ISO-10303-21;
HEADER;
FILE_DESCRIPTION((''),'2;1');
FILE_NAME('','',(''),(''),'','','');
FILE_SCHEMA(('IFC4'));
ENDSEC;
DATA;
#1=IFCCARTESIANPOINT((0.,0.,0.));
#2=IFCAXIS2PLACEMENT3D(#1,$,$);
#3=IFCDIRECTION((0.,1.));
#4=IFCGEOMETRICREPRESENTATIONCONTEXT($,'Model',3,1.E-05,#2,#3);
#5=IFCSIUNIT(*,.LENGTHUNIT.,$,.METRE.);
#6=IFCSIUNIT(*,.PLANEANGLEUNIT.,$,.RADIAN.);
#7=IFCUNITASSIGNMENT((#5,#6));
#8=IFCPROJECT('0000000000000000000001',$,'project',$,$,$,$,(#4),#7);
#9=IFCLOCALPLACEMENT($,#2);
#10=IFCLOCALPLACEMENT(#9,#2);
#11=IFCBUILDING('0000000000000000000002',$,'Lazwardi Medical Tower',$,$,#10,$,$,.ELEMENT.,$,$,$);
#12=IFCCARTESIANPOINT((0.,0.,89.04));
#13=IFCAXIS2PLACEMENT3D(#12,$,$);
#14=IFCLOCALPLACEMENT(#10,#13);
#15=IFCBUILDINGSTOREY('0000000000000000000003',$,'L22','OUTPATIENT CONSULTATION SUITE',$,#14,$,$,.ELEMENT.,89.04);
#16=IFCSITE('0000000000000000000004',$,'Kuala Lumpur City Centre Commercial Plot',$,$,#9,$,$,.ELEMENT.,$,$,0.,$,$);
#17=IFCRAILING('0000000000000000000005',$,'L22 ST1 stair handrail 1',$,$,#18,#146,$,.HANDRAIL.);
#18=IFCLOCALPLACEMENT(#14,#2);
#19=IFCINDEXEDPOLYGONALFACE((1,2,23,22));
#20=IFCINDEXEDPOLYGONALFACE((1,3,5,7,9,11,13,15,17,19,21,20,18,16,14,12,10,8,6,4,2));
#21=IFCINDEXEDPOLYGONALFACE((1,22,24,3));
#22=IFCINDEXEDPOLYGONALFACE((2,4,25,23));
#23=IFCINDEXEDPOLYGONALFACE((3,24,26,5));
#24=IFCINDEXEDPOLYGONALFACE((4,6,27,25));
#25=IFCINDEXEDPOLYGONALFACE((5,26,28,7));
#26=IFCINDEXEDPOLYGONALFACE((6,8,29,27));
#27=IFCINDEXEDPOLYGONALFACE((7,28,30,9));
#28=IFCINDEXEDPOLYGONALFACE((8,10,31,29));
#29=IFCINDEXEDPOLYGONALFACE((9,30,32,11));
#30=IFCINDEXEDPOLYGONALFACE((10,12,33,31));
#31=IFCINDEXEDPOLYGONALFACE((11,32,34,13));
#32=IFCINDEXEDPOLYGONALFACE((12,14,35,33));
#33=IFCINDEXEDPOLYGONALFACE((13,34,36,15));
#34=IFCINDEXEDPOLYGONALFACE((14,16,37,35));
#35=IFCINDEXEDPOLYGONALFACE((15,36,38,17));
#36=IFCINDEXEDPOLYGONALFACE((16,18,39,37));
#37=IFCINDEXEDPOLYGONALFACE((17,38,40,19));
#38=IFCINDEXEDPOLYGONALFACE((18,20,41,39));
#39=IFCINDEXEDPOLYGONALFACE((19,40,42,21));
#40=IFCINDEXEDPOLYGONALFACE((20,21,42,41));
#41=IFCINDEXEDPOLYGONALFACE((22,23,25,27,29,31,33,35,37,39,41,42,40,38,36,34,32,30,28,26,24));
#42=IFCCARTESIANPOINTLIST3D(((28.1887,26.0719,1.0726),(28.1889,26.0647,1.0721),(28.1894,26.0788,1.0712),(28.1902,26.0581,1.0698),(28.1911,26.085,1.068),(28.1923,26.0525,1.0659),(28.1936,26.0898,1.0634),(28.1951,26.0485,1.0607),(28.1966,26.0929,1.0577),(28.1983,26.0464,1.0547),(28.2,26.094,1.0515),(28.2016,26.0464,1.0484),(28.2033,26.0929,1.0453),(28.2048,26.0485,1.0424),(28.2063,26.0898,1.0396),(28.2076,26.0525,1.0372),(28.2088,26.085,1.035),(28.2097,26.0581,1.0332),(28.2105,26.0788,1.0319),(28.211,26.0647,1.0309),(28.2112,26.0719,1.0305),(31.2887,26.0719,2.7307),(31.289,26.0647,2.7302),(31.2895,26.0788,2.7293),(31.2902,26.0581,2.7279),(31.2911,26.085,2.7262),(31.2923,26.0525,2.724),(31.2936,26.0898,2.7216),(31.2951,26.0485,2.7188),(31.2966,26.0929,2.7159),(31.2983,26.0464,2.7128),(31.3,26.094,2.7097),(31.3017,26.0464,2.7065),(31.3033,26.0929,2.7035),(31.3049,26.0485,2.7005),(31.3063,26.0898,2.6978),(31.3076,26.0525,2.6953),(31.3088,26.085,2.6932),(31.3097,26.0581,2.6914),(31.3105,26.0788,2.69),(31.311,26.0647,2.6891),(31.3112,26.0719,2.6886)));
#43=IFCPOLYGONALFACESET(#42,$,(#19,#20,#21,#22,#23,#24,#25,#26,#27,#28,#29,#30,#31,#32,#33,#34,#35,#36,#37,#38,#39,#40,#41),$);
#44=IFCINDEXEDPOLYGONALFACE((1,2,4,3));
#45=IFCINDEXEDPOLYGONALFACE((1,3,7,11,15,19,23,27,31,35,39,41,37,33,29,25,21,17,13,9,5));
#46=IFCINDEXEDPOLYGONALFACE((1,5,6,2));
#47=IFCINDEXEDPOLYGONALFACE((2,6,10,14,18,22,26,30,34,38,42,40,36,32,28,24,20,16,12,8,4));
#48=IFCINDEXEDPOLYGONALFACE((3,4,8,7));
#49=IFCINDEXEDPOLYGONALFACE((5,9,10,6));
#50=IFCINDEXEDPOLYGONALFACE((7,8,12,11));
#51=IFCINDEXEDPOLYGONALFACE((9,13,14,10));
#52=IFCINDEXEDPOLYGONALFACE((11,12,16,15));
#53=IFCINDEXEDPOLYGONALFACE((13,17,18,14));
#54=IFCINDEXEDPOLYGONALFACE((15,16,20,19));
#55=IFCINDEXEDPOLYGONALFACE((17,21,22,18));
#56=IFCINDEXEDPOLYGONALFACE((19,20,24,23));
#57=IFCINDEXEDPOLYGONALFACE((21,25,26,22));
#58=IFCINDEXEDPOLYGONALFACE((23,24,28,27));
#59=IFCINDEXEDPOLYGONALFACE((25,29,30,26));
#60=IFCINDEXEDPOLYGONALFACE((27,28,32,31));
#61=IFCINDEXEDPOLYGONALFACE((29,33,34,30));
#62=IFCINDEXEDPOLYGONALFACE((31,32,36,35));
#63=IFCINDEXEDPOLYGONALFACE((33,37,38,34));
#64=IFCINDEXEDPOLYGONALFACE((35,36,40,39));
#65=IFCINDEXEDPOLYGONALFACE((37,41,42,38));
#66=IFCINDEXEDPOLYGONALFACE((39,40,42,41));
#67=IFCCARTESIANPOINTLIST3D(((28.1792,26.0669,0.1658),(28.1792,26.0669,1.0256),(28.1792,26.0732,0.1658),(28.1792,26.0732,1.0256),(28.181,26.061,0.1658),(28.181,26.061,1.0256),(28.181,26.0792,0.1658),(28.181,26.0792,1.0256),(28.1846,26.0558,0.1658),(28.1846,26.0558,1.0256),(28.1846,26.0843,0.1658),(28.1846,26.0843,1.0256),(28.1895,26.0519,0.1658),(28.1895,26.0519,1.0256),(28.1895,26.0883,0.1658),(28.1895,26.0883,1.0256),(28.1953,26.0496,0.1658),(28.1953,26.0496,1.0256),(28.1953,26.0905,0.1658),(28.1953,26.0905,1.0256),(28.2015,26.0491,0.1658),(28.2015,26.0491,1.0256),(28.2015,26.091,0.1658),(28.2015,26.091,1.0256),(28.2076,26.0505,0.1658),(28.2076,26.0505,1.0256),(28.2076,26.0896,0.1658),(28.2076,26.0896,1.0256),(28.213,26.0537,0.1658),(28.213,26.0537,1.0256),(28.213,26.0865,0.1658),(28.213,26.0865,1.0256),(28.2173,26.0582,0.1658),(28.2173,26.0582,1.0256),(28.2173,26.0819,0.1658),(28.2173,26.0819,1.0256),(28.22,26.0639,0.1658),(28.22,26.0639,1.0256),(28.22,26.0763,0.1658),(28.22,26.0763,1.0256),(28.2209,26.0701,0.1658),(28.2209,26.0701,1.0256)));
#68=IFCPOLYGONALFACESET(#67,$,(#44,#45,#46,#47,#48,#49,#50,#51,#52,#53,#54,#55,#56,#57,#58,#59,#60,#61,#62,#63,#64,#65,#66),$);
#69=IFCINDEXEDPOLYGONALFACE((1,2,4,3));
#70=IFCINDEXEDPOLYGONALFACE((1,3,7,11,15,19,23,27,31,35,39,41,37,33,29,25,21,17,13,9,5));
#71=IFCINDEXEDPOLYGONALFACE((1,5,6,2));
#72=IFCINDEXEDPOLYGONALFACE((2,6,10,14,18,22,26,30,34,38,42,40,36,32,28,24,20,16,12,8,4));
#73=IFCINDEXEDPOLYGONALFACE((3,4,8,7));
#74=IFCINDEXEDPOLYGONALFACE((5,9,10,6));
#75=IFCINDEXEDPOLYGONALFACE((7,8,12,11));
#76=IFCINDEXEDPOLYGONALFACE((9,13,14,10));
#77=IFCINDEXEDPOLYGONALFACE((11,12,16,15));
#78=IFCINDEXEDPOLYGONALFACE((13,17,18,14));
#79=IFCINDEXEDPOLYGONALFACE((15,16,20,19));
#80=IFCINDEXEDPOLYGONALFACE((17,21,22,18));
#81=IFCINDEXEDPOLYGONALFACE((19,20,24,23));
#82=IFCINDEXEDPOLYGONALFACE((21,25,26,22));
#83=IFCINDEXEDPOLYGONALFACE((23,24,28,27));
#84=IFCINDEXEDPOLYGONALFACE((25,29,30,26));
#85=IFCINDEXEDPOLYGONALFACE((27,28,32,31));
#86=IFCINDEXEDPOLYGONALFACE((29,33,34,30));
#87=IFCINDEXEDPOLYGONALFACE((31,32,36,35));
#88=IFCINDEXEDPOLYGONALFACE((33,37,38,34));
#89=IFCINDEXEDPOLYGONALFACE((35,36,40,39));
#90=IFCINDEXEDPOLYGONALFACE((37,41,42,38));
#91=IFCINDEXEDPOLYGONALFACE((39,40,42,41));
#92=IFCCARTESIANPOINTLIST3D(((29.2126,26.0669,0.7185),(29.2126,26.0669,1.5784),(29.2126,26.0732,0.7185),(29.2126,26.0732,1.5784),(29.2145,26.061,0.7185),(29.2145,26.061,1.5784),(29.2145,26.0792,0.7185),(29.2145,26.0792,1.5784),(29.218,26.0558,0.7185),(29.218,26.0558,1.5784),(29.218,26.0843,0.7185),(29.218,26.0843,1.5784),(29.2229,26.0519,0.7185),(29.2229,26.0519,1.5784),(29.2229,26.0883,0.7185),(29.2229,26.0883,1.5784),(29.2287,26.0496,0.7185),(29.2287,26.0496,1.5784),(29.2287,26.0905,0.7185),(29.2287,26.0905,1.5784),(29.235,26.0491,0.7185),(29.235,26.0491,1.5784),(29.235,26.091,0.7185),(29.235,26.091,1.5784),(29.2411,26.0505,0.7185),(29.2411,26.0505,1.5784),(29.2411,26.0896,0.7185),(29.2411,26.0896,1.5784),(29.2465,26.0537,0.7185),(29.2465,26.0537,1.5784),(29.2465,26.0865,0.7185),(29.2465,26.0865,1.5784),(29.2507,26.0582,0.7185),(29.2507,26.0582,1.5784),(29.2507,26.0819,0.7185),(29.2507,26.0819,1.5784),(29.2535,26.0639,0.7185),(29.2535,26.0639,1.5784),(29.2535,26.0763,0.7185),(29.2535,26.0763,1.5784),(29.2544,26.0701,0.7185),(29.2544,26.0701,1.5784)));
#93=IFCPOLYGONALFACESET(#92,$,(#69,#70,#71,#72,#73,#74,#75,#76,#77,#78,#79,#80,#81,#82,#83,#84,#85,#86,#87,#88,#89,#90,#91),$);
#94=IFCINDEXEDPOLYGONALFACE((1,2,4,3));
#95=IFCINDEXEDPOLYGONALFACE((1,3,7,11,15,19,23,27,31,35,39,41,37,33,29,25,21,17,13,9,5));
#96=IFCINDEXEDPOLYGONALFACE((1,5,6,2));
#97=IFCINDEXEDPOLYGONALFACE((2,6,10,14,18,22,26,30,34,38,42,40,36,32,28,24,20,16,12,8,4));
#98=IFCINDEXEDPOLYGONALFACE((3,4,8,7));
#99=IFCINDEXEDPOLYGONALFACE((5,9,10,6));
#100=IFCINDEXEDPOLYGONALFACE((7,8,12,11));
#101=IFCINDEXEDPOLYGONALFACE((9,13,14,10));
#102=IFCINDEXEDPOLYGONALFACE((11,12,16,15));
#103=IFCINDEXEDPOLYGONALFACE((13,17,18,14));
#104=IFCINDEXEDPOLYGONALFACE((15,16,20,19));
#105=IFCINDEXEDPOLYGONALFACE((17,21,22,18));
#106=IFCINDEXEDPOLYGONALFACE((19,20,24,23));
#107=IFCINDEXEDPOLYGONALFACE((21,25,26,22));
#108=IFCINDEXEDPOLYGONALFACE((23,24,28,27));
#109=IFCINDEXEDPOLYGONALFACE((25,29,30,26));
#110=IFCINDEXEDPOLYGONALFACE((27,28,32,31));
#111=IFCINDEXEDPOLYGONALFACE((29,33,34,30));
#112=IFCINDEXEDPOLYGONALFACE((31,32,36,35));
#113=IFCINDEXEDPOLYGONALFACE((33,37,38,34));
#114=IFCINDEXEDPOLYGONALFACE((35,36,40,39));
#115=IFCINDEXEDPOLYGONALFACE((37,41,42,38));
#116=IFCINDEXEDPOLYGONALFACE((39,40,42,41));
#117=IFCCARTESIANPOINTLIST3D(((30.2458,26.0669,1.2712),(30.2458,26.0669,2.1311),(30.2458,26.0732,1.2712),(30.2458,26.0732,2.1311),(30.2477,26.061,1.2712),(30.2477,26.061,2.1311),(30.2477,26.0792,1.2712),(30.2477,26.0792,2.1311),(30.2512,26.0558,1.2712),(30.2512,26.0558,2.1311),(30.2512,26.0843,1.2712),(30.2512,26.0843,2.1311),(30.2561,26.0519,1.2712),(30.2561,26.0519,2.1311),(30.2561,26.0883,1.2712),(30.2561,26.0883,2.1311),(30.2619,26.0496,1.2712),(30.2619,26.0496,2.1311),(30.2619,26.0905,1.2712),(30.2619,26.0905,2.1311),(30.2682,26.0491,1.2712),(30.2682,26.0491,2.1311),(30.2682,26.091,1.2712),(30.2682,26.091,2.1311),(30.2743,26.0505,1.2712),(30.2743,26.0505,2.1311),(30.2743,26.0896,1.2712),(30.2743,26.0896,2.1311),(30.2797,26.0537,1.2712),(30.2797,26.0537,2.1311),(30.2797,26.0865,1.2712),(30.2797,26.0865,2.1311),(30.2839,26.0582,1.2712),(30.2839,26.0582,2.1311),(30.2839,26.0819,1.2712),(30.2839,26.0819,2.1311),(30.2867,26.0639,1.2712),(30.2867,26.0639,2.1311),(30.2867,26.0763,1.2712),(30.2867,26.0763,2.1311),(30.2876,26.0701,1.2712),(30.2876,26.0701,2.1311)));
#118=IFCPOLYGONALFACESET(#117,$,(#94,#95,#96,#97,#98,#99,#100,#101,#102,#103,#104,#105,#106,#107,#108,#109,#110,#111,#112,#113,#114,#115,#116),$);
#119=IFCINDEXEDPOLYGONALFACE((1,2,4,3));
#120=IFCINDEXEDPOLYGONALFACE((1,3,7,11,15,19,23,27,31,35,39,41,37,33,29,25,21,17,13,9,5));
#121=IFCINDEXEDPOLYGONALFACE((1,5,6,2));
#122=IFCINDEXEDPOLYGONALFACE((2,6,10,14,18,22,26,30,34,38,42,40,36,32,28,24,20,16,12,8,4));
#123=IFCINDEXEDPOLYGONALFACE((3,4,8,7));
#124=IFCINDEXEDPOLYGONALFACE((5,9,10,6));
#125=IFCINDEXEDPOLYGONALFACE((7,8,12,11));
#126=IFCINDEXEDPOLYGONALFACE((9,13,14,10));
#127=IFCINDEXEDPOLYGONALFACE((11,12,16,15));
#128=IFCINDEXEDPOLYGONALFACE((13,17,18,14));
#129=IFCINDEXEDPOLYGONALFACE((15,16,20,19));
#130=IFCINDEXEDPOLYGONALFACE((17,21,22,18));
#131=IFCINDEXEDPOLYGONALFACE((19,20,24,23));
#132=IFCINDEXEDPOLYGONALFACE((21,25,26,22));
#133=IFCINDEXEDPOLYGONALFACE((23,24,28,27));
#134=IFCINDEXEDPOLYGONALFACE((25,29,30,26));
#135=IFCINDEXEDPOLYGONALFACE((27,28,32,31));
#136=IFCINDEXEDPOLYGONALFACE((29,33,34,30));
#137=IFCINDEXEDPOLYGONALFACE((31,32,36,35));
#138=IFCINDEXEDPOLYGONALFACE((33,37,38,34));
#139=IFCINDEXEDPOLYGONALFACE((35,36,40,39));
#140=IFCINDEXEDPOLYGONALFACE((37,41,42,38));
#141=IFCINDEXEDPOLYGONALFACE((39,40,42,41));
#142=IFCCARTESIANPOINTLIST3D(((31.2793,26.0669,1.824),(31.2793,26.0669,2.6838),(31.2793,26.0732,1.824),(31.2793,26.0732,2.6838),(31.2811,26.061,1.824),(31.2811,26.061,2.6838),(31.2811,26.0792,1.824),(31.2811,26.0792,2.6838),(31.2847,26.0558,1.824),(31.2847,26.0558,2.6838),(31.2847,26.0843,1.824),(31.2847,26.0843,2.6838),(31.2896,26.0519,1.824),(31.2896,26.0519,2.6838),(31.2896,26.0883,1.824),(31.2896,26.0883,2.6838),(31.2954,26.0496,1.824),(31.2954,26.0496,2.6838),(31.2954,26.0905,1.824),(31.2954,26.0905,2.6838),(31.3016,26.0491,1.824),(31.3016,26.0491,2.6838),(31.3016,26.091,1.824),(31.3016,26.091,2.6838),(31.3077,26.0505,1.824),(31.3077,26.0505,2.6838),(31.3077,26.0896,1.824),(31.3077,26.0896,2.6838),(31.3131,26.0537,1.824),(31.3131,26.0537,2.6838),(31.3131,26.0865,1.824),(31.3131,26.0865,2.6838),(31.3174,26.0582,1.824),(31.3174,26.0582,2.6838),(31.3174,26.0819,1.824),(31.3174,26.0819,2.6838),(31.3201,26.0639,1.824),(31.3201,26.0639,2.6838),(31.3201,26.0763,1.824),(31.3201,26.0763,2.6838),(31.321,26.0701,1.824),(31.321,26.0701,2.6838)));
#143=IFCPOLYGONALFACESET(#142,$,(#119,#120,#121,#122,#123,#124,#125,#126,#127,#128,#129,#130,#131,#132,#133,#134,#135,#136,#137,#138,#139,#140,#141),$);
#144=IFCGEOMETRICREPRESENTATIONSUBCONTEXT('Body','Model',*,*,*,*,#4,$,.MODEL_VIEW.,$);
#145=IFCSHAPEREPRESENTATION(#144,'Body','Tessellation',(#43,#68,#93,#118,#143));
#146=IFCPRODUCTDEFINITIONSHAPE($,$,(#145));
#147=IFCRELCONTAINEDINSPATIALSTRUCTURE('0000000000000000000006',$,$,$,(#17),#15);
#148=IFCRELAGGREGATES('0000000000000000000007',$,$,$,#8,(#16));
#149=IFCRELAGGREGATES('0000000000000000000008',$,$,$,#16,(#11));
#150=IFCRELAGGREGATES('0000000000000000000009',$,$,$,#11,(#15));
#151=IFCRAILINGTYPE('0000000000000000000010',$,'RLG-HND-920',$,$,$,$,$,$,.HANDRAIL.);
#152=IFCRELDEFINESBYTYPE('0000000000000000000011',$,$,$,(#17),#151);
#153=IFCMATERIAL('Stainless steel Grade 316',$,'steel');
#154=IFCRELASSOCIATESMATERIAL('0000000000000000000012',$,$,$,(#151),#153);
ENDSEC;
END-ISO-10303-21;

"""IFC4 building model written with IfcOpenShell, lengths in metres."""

from ifc_helpers import new_model, si_unit, direction, frame, origin, origin_2d, place, context, subcontext, project, spatial, circle, extrude, material, type_object, element, save


model = new_model("IFC4")

# Units and contexts
model_context = context("Model", 3, precision=1e-05, world=origin(), true_north=direction((0.0, 1.0)))
body_context = subcontext(model_context, "Body", "Model", "MODEL_VIEW")
ifc_project = project(units=[si_unit("LENGTHUNIT", "METRE"), si_unit("PLANEANGLEUNIT", "RADIAN")], contexts=[model_context])

# Site, building, storey
site_placement = place(None, origin())
site = spatial("IfcSite", under=ifc_project, at=site_placement, Name="Kuala Lumpur City Centre Commercial Plot", CompositionType="ELEMENT", RefElevation=0.0)
building_placement = place(site_placement, origin())
building = spatial("IfcBuilding", under=site, at=building_placement, Name="Lazwardi Medical Tower", CompositionType="ELEMENT")
storey_placement = place(building_placement, frame((0.0, 0.0, 89.04)))
storey = spatial("IfcBuildingStorey", under=building, at=storey_placement, Name="L22", Description="OUTPATIENT CONSULTATION SUITE", CompositionType="ELEMENT", Elevation=89.04)

# Railing
ifc_material_1 = material(Name="Stainless steel Grade 316", Category="steel")
railing_type_1 = type_object("IfcRailingType", Name="RLG-HND-920", PredefinedType="HANDRAIL", material=ifc_material_1)
railing_1_placement = place(storey_placement, frame((28.2, 26.0701, 0.1658)))
element("IfcRailing", 1, at=railing_1_placement, inside=storey, type_object=railing_type_1, Name="L22 ST1 stair handrail 1", PredefinedType="HANDRAIL", context=body_context, shape_type="SweptSolid", body=[
    extrude(circle(Radius=0.0239, at=origin_2d()), frame((0.0, 0.0, 0.8857), z_axis=(0.881783, 0.0, 0.471655), x_axis=(0.0, 1.0, 0.0)), (0.0, 0.0, 1.0), 3.5156),
    extrude(circle(Radius=0.021, at=origin_2d()), origin(), (0.0, 0.0, 1.0), 0.8599),
    extrude(circle(Radius=0.021, at=origin_2d()), frame((1.0334, 0.0, 0.5527)), (0.0, 0.0, 1.0), 0.8599),
    extrude(circle(Radius=0.021, at=origin_2d()), frame((2.0667, 0.0, 1.1055)), (0.0, 0.0, 1.0), 0.8599),
    extrude(circle(Radius=0.021, at=origin_2d()), frame((3.1001, 0.0, 1.6582)), (0.0, 0.0, 1.0), 0.8599),
])

save(model, "model.ifc")
